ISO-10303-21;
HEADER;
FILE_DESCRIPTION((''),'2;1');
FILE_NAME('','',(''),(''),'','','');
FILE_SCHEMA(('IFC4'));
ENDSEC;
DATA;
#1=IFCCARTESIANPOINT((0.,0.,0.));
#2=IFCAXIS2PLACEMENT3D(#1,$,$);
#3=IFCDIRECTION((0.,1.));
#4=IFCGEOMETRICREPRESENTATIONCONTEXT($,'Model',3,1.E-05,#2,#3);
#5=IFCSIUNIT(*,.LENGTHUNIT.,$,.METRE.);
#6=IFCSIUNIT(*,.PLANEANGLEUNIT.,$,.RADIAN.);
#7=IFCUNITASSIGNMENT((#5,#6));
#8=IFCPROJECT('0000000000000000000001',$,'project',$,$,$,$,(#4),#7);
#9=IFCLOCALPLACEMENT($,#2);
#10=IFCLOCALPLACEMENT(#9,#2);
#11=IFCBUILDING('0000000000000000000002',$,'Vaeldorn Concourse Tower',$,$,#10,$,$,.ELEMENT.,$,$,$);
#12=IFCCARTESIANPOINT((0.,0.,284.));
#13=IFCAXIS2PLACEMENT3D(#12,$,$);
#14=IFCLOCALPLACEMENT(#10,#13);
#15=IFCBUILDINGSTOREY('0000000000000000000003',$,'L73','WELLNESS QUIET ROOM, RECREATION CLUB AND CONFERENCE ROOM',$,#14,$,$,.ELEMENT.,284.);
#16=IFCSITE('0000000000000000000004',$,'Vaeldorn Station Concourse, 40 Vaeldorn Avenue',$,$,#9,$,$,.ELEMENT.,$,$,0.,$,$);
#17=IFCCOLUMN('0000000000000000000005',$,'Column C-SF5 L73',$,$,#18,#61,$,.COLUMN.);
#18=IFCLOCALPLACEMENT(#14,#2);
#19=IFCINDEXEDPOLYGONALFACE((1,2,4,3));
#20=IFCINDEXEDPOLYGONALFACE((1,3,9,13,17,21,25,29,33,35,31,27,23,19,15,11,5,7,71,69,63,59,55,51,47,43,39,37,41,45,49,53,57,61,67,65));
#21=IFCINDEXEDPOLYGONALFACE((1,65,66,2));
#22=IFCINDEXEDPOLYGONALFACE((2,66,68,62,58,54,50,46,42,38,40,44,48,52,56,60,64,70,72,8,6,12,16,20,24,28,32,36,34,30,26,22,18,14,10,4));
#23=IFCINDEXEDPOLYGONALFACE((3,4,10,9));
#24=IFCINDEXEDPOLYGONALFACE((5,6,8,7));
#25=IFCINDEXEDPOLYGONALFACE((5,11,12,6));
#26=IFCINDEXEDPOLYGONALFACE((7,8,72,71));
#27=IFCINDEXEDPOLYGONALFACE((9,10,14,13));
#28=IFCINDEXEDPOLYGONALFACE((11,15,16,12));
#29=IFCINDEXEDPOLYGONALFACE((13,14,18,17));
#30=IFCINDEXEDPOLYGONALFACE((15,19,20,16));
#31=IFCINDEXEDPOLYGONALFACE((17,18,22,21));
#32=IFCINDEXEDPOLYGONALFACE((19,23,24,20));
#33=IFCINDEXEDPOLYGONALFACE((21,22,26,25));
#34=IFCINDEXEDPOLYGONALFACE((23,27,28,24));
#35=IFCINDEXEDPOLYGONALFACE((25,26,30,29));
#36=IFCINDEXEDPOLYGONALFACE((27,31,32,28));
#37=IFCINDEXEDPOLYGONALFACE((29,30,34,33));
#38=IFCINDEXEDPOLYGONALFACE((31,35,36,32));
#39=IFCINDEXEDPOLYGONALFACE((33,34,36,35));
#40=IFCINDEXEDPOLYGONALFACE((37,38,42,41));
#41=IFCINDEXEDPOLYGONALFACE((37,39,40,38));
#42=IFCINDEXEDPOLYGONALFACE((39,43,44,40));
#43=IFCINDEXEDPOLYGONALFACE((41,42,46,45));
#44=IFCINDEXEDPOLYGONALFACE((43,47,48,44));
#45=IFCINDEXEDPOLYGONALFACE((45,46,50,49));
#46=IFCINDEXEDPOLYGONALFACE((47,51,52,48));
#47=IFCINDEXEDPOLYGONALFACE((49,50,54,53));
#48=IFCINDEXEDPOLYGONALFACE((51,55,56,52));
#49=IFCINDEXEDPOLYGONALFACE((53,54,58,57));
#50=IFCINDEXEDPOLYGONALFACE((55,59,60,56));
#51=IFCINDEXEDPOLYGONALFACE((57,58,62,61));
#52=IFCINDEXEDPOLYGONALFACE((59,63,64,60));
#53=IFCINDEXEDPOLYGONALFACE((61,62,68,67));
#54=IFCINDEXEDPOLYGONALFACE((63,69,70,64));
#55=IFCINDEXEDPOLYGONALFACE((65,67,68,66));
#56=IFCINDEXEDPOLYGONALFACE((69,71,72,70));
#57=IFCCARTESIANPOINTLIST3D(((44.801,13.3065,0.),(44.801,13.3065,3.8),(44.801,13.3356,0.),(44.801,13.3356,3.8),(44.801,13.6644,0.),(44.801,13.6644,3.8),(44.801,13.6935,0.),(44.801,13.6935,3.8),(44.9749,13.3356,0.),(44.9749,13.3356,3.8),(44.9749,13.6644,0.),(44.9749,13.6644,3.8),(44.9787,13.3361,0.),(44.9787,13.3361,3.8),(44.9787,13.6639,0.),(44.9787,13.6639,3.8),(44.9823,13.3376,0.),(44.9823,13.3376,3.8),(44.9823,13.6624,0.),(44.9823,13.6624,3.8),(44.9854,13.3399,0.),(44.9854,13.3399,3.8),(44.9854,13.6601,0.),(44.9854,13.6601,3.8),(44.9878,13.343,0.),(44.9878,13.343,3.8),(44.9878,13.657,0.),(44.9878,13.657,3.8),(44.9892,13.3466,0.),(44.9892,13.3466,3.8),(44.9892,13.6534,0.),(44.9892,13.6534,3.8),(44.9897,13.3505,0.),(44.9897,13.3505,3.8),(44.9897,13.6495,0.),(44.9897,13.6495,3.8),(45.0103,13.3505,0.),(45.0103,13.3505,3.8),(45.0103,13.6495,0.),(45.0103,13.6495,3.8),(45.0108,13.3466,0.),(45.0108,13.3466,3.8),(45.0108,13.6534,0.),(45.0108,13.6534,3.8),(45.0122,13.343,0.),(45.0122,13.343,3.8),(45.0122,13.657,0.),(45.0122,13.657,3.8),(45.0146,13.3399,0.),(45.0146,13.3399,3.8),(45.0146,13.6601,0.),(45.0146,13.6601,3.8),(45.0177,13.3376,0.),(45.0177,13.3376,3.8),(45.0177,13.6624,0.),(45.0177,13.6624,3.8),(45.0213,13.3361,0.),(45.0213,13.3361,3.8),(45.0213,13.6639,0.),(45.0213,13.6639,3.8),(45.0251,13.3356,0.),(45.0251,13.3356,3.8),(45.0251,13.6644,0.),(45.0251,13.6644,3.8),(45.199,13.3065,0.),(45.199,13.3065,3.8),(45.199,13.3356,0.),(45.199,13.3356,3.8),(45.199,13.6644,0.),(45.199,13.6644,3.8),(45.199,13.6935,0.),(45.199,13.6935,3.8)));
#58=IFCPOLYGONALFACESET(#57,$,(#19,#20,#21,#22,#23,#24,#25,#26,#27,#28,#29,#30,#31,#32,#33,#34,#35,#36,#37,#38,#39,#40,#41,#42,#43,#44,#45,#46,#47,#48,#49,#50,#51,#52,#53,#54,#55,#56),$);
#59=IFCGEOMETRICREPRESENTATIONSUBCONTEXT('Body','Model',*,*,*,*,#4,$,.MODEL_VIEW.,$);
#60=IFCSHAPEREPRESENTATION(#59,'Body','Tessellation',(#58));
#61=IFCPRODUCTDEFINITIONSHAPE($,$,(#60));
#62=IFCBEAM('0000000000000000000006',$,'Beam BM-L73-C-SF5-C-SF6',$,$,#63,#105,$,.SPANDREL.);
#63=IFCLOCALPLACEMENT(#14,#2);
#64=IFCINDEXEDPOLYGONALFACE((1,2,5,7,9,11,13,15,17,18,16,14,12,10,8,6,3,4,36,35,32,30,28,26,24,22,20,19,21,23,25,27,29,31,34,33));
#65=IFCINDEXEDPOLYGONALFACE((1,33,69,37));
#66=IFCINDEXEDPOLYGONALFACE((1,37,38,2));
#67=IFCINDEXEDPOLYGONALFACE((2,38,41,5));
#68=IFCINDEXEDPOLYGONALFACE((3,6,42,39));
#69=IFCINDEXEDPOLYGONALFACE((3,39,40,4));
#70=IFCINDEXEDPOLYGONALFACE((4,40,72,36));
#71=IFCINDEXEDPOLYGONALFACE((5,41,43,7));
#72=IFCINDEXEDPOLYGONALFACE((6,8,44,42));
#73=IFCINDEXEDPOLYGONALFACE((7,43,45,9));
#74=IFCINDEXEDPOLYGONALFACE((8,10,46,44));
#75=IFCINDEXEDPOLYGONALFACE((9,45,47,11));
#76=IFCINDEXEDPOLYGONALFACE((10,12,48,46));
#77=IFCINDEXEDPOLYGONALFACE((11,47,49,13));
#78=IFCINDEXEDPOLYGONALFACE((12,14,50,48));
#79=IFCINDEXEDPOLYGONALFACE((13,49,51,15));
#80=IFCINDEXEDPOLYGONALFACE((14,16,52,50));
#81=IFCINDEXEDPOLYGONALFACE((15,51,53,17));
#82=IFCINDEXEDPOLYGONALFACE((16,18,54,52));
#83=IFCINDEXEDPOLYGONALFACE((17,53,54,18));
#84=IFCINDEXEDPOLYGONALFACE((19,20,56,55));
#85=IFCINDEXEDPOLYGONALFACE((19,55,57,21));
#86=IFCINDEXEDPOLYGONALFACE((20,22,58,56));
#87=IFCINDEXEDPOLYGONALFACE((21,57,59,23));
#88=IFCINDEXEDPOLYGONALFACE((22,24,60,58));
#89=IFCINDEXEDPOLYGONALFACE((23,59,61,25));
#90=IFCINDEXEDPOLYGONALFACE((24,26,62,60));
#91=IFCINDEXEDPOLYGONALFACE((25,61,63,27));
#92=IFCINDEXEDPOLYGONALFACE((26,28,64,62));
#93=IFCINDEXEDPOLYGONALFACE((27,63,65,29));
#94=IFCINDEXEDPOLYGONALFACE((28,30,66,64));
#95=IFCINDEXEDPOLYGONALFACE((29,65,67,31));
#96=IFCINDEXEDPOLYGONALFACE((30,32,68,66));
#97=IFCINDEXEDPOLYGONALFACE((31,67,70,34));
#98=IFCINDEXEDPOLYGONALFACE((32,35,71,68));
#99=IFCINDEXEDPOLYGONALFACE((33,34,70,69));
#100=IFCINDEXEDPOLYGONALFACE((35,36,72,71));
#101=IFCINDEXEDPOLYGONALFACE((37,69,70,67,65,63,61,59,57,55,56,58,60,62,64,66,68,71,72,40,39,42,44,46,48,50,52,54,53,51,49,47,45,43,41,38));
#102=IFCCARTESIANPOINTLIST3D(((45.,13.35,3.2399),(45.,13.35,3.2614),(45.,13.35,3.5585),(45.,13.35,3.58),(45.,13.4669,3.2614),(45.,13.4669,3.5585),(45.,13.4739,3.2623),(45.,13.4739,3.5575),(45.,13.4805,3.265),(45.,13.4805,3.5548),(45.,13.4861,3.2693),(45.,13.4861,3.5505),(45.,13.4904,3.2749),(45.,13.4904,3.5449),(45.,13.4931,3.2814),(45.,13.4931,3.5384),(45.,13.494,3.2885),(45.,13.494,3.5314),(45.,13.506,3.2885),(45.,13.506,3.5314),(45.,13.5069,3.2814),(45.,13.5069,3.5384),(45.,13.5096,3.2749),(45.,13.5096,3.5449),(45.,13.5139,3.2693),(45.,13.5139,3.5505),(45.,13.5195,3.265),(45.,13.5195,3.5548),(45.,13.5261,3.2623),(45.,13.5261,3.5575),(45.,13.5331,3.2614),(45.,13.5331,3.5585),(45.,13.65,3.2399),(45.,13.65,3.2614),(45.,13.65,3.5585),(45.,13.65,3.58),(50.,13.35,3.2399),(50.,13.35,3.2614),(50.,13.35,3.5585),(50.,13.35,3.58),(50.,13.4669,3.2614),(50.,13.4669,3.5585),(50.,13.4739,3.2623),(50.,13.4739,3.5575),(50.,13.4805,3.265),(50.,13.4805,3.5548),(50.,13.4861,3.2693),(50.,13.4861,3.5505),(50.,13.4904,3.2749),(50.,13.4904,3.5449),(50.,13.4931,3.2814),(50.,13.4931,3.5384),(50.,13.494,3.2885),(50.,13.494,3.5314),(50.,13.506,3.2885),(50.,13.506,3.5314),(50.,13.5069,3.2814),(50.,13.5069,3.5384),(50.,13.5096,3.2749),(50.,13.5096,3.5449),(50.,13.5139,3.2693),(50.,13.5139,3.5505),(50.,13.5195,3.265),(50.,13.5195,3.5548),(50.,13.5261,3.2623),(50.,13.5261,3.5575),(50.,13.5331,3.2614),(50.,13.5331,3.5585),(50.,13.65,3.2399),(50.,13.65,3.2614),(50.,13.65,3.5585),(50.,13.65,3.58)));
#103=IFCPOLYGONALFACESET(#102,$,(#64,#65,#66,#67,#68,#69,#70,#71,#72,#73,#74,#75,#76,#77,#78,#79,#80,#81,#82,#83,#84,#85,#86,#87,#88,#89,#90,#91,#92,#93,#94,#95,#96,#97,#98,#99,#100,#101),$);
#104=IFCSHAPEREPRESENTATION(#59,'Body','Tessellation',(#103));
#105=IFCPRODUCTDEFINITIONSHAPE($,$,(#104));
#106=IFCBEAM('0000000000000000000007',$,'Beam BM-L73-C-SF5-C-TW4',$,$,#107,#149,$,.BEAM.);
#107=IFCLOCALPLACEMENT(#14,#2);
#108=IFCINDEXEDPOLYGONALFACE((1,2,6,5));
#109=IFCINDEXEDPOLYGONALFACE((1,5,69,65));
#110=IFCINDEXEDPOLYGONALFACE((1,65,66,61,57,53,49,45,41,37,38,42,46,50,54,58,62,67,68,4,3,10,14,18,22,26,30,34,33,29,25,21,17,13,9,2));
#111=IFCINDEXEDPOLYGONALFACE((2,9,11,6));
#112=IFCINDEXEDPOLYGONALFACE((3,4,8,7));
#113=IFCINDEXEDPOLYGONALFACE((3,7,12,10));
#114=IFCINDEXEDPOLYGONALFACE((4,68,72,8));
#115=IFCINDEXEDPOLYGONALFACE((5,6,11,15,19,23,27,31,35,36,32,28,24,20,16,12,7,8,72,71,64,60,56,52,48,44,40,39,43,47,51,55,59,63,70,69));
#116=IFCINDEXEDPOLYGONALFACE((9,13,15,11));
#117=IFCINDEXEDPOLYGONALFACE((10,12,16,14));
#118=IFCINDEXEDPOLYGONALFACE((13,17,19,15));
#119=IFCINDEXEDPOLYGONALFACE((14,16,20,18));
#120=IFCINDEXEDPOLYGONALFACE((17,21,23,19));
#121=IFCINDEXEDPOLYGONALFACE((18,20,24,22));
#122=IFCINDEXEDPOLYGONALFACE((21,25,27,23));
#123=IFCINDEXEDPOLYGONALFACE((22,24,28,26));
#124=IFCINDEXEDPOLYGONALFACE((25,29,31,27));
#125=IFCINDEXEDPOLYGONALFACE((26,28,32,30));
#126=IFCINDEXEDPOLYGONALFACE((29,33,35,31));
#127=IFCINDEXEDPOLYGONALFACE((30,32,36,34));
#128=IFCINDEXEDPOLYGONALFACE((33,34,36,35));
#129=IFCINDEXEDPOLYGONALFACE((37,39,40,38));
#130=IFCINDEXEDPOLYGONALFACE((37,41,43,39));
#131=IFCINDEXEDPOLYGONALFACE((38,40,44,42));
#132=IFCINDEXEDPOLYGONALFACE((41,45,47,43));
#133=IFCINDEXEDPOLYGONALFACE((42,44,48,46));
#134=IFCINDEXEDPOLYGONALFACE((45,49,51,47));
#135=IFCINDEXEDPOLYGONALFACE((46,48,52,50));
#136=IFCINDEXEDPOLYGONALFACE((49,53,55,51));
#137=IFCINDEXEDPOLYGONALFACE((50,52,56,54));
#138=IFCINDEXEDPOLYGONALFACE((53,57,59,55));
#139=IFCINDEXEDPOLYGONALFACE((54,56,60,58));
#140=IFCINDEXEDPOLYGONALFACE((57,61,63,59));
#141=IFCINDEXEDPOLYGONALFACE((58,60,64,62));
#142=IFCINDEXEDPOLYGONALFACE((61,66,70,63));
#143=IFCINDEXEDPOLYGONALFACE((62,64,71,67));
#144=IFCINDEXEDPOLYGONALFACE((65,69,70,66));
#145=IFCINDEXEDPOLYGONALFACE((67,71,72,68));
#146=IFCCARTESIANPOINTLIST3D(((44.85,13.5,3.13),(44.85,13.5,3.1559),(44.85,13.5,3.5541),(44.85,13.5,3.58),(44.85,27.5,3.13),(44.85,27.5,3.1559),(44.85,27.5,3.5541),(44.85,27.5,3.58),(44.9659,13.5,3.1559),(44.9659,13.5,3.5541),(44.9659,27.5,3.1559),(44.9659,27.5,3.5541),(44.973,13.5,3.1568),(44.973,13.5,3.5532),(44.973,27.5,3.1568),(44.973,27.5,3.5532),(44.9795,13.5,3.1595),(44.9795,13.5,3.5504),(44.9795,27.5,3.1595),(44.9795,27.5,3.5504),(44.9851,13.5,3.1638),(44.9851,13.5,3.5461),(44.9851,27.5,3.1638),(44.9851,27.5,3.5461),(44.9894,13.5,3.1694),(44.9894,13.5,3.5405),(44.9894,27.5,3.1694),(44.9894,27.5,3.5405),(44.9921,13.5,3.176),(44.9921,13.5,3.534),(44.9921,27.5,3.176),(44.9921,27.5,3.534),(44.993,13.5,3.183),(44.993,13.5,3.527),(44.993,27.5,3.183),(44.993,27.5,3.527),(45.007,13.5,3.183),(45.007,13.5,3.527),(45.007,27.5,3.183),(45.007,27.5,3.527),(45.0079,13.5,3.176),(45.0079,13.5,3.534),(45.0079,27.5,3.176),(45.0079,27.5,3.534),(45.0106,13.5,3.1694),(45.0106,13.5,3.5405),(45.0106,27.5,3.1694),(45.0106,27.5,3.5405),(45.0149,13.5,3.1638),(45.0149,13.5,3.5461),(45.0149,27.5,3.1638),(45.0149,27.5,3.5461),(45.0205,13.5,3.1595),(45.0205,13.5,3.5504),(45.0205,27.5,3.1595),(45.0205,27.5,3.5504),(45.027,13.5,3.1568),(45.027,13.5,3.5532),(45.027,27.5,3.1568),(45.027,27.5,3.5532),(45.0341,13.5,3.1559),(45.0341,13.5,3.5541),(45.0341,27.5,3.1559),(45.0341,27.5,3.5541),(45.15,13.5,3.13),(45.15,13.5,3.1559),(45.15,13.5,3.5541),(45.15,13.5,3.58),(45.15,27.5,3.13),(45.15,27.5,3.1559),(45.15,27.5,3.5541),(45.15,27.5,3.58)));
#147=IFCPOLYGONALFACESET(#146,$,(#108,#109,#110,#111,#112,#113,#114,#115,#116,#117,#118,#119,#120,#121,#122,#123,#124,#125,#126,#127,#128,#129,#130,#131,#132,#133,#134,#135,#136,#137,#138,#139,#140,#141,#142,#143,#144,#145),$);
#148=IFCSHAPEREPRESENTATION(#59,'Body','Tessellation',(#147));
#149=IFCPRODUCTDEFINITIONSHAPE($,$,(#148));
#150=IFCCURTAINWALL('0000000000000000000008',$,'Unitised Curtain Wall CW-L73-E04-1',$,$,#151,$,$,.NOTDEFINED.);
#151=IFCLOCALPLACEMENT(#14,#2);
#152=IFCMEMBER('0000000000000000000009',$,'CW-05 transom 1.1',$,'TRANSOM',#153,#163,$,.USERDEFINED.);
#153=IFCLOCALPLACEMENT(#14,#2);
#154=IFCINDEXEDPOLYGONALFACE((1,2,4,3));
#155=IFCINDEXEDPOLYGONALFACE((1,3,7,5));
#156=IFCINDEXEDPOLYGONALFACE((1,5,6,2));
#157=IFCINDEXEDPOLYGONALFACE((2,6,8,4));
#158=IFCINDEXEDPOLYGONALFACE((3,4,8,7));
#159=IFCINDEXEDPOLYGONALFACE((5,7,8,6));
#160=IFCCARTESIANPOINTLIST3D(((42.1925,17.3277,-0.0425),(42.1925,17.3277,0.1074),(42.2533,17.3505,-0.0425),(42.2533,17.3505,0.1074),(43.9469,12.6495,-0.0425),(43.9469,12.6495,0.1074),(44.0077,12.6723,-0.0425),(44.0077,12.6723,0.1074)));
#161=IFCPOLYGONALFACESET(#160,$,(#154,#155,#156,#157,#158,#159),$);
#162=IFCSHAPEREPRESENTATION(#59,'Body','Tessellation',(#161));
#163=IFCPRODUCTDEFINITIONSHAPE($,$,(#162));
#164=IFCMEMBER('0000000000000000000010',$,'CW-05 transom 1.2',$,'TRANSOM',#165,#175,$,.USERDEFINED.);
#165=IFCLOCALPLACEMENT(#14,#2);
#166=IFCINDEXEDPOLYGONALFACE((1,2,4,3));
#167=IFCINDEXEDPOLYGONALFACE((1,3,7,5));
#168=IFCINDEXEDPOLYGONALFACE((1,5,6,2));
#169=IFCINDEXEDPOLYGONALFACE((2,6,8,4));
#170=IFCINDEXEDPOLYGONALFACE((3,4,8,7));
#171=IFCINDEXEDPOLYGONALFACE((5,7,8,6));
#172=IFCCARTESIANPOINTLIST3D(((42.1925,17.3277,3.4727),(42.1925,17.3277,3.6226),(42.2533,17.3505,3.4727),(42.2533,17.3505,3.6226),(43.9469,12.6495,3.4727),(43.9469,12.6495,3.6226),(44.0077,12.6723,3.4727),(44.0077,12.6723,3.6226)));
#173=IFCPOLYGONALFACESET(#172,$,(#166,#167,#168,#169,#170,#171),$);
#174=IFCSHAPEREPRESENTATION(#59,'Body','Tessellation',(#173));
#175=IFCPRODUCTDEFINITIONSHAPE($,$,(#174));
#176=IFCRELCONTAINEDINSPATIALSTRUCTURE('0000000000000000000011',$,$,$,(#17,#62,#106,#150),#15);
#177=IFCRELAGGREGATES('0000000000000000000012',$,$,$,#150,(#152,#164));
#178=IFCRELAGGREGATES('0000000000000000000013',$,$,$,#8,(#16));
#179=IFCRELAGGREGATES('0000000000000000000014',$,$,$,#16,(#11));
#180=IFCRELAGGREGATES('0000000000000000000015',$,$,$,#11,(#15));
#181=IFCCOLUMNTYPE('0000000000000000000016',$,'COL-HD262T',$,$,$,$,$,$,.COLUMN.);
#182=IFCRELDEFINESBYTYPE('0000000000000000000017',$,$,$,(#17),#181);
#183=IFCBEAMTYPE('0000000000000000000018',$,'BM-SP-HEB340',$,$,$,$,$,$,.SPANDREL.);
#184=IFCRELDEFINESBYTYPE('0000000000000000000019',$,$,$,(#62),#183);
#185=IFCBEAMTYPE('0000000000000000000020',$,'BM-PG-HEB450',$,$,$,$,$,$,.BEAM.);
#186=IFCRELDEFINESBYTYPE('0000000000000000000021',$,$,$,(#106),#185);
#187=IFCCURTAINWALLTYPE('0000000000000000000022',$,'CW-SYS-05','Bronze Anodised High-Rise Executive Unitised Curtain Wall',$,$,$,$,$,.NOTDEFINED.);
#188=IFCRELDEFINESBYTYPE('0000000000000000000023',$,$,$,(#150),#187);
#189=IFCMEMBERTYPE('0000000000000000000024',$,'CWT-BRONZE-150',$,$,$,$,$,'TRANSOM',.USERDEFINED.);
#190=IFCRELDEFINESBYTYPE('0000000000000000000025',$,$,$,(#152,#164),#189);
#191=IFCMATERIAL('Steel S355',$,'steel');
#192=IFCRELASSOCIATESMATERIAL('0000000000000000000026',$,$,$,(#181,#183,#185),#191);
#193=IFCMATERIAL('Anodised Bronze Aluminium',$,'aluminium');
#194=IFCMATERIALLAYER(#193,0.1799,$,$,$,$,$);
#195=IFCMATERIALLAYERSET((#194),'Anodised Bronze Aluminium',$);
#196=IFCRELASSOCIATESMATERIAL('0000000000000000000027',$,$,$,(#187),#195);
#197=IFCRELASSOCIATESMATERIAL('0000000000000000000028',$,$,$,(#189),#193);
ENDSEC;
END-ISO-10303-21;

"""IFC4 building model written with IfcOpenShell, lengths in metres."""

from ifc_helpers import new_model, si_unit, direction, frame, origin, origin_2d, place, context, subcontext, project, spatial, rectangle, i_section, extrude, source, transform, mapped, material, layer, layer_set, material_profile, profile_set, type_object, element, aggregate, save


model = new_model("IFC4")

# Units and contexts
model_context = context("Model", 3, precision=1e-05, world=origin(), true_north=direction((0.0, 1.0)))
body_context = subcontext(model_context, "Body", "Model", "MODEL_VIEW")
ifc_project = project(units=[si_unit("LENGTHUNIT", "METRE"), si_unit("PLANEANGLEUNIT", "RADIAN")], contexts=[model_context])

# Site, building, storey
site_placement = place(None, origin())
site = spatial("IfcSite", under=ifc_project, at=site_placement, Name="Vaeldorn Station Concourse, 40 Vaeldorn Avenue", CompositionType="ELEMENT", RefElevation=0.0)
building_placement = place(site_placement, origin())
building = spatial("IfcBuilding", under=site, at=building_placement, Name="Vaeldorn Concourse Tower", CompositionType="ELEMENT")
storey_placement = place(building_placement, frame((0.0, 0.0, 284.0)))
storey = spatial("IfcBuildingStorey", under=building, at=storey_placement, Name="L73", Description="WELLNESS QUIET ROOM, RECREATION CLUB AND CONFERENCE ROOM", CompositionType="ELEMENT", Elevation=284.0)

# Column
ifc_material_1 = material(Name="Steel S355", Category="steel")
ifc_material_profile_1 = material_profile(ifc_material_1, i_section(OverallWidth=0.3979, OverallDepth=0.387, WebThickness=0.0205, FlangeThickness=0.0291, FilletRadius=0.0149, at=origin_2d()), Name="HD 400x262")
ifc_profile_set_1 = profile_set([ifc_material_profile_1], Name="Steel S355")
column_type = type_object("IfcColumnType", Name="COL-HD262T", PredefinedType="COLUMN", material=ifc_profile_set_1)
shared_shape_1 = source(origin(), body_context, "Body", "SweptSolid", [
    extrude(i_section(OverallWidth=0.3979, OverallDepth=0.387, WebThickness=0.0205, FlangeThickness=0.0291, FilletRadius=0.0149, at=origin_2d()), origin(), (0.0, 0.0, 1.0), 3.8),
])
column_placement = place(storey_placement, frame((45.0, 13.5, 0.0), z_axis=(0.0, 0.0, 1.0), x_axis=(1.0, 0.0, 0.0)))
element("IfcColumn", 1, at=column_placement, inside=storey, type_object=column_type, Name="Column C-SF5 L73", PredefinedType="COLUMN", context=body_context, shape_type="MappedRepresentation", body=[
    mapped(shared_shape_1, transform((0.0, 0.0, 0.0), scale=1.0)),
])

# Beams
ifc_material_profile_2 = material_profile(ifc_material_1, i_section(OverallWidth=0.3, OverallDepth=0.3401, WebThickness=0.012, FlangeThickness=0.0215, FilletRadius=0.0271, at=origin_2d()), Name="HEB 340")
ifc_profile_set_2 = profile_set([ifc_material_profile_2], Name="Steel S355")
beam_type_1 = type_object("IfcBeamType", Name="BM-SP-HEB340", PredefinedType="SPANDREL", material=ifc_profile_set_2)
shared_shape_2 = source(origin(), body_context, "Body", "SweptSolid", [
    extrude(i_section(OverallWidth=0.3, OverallDepth=0.3401, WebThickness=0.012, FlangeThickness=0.0215, FilletRadius=0.0271, at=origin_2d()), origin(), (0.0, 0.0, 1.0), 5.0),
])
beam_1_placement = place(storey_placement, frame((45.0, 13.5, 3.4099), z_axis=(1.0, 0.0, 0.0), x_axis=(0.0, 1.0, 0.0)))
element("IfcBeam", 2, at=beam_1_placement, inside=storey, type_object=beam_type_1, Name="Beam BM-L73-C-SF5-C-SF6", PredefinedType="SPANDREL", context=body_context, shape_type="MappedRepresentation", body=[
    mapped(shared_shape_2, transform((0.0, 0.0, 0.0), scale=1.0)),
])
ifc_material_profile_3 = material_profile(ifc_material_1, i_section(OverallWidth=0.3, OverallDepth=0.45, WebThickness=0.0139, FlangeThickness=0.0259, FilletRadius=0.0271, at=origin_2d()), Name="HEB 450")
ifc_profile_set_3 = profile_set([ifc_material_profile_3], Name="Steel S355")
beam_type_2 = type_object("IfcBeamType", Name="BM-PG-HEB450", PredefinedType="BEAM", material=ifc_profile_set_3)
shared_shape_3 = source(origin(), body_context, "Body", "SweptSolid", [
    extrude(i_section(OverallWidth=0.3, OverallDepth=0.45, WebThickness=0.0139, FlangeThickness=0.0259, FilletRadius=0.0271, at=origin_2d()), origin(), (0.0, 0.0, 1.0), 14.0),
])
beam_2_placement = place(storey_placement, frame((45.0, 13.5, 3.355), z_axis=(0.0, 1.0, 0.0), x_axis=(-1.0, 0.0, 0.0)))
element("IfcBeam", 3, at=beam_2_placement, inside=storey, type_object=beam_type_2, Name="Beam BM-L73-C-SF5-C-TW4", PredefinedType="BEAM", context=body_context, shape_type="MappedRepresentation", body=[
    mapped(shared_shape_3, transform((0.0, 0.0, 0.0), scale=1.0)),
])

# Curtain wall, members
ifc_material_2 = material(Name="Anodised Bronze Aluminium", Category="aluminium")
ifc_layer_1 = layer(ifc_material_2, 0.1799)
ifc_layer_set_1 = layer_set([ifc_layer_1], Name="Anodised Bronze Aluminium")
curtain_wall_type = type_object("IfcCurtainWallType", Name="CW-SYS-05", Description="Bronze Anodised High-Rise Executive Unitised Curtain Wall", PredefinedType="NOTDEFINED", material=ifc_layer_set_1)
curtain_wall_1_placement = place(storey_placement, origin())
curtain_wall_1 = element("IfcCurtainWall", 4, at=curtain_wall_1_placement, inside=storey, type_object=curtain_wall_type, Name="Unitised Curtain Wall CW-L73-E04-1", PredefinedType="NOTDEFINED")
ifc_material_profile_4 = material_profile(ifc_material_2, rectangle(XDim=0.0649, YDim=0.1499, at=origin_2d()), Name="CWT 65x150")
ifc_profile_set_4 = profile_set([ifc_material_profile_4], Name="Anodised Bronze Aluminium")
member_type_1 = type_object("IfcMemberType", Name="CWT-BRONZE-150", ElementType="TRANSOM", PredefinedType="USERDEFINED", material=ifc_profile_set_4)
shared_shape_4 = source(origin(), body_context, "Body", "SweptSolid", [
    extrude(rectangle(XDim=0.0649, YDim=0.1499, at=origin_2d()), origin(), (0.0, 0.0, 1.0), 4.9963),
])
member_1_placement = place(storey_placement, frame((42.2229, 17.3391, 0.0325), z_axis=(0.351134, -0.936325, 0.0), x_axis=(0.936325, 0.351134, 0.0)))
member_1 = element("IfcMember", 5, at=member_1_placement, type_object=member_type_1, Name="CW-05 transom 1.1", ObjectType="TRANSOM", PredefinedType="USERDEFINED", context=body_context, shape_type="MappedRepresentation", body=[
    mapped(shared_shape_4, transform((0.0, 0.0, 0.0), scale=1.0)),
])
member_2_placement = place(storey_placement, frame((42.2229, 17.3391, 3.5476), z_axis=(0.351134, -0.936325, 0.0), x_axis=(0.936325, 0.351134, 0.0)))
member_2 = element("IfcMember", 6, at=member_2_placement, type_object=member_type_1, Name="CW-05 transom 1.2", ObjectType="TRANSOM", PredefinedType="USERDEFINED", context=body_context, shape_type="MappedRepresentation", body=[
    mapped(shared_shape_4, transform((0.0, 0.0, 0.0), scale=1.0)),
])

aggregate(curtain_wall_1, [member_1, member_2])

save(model, "model.ifc")
